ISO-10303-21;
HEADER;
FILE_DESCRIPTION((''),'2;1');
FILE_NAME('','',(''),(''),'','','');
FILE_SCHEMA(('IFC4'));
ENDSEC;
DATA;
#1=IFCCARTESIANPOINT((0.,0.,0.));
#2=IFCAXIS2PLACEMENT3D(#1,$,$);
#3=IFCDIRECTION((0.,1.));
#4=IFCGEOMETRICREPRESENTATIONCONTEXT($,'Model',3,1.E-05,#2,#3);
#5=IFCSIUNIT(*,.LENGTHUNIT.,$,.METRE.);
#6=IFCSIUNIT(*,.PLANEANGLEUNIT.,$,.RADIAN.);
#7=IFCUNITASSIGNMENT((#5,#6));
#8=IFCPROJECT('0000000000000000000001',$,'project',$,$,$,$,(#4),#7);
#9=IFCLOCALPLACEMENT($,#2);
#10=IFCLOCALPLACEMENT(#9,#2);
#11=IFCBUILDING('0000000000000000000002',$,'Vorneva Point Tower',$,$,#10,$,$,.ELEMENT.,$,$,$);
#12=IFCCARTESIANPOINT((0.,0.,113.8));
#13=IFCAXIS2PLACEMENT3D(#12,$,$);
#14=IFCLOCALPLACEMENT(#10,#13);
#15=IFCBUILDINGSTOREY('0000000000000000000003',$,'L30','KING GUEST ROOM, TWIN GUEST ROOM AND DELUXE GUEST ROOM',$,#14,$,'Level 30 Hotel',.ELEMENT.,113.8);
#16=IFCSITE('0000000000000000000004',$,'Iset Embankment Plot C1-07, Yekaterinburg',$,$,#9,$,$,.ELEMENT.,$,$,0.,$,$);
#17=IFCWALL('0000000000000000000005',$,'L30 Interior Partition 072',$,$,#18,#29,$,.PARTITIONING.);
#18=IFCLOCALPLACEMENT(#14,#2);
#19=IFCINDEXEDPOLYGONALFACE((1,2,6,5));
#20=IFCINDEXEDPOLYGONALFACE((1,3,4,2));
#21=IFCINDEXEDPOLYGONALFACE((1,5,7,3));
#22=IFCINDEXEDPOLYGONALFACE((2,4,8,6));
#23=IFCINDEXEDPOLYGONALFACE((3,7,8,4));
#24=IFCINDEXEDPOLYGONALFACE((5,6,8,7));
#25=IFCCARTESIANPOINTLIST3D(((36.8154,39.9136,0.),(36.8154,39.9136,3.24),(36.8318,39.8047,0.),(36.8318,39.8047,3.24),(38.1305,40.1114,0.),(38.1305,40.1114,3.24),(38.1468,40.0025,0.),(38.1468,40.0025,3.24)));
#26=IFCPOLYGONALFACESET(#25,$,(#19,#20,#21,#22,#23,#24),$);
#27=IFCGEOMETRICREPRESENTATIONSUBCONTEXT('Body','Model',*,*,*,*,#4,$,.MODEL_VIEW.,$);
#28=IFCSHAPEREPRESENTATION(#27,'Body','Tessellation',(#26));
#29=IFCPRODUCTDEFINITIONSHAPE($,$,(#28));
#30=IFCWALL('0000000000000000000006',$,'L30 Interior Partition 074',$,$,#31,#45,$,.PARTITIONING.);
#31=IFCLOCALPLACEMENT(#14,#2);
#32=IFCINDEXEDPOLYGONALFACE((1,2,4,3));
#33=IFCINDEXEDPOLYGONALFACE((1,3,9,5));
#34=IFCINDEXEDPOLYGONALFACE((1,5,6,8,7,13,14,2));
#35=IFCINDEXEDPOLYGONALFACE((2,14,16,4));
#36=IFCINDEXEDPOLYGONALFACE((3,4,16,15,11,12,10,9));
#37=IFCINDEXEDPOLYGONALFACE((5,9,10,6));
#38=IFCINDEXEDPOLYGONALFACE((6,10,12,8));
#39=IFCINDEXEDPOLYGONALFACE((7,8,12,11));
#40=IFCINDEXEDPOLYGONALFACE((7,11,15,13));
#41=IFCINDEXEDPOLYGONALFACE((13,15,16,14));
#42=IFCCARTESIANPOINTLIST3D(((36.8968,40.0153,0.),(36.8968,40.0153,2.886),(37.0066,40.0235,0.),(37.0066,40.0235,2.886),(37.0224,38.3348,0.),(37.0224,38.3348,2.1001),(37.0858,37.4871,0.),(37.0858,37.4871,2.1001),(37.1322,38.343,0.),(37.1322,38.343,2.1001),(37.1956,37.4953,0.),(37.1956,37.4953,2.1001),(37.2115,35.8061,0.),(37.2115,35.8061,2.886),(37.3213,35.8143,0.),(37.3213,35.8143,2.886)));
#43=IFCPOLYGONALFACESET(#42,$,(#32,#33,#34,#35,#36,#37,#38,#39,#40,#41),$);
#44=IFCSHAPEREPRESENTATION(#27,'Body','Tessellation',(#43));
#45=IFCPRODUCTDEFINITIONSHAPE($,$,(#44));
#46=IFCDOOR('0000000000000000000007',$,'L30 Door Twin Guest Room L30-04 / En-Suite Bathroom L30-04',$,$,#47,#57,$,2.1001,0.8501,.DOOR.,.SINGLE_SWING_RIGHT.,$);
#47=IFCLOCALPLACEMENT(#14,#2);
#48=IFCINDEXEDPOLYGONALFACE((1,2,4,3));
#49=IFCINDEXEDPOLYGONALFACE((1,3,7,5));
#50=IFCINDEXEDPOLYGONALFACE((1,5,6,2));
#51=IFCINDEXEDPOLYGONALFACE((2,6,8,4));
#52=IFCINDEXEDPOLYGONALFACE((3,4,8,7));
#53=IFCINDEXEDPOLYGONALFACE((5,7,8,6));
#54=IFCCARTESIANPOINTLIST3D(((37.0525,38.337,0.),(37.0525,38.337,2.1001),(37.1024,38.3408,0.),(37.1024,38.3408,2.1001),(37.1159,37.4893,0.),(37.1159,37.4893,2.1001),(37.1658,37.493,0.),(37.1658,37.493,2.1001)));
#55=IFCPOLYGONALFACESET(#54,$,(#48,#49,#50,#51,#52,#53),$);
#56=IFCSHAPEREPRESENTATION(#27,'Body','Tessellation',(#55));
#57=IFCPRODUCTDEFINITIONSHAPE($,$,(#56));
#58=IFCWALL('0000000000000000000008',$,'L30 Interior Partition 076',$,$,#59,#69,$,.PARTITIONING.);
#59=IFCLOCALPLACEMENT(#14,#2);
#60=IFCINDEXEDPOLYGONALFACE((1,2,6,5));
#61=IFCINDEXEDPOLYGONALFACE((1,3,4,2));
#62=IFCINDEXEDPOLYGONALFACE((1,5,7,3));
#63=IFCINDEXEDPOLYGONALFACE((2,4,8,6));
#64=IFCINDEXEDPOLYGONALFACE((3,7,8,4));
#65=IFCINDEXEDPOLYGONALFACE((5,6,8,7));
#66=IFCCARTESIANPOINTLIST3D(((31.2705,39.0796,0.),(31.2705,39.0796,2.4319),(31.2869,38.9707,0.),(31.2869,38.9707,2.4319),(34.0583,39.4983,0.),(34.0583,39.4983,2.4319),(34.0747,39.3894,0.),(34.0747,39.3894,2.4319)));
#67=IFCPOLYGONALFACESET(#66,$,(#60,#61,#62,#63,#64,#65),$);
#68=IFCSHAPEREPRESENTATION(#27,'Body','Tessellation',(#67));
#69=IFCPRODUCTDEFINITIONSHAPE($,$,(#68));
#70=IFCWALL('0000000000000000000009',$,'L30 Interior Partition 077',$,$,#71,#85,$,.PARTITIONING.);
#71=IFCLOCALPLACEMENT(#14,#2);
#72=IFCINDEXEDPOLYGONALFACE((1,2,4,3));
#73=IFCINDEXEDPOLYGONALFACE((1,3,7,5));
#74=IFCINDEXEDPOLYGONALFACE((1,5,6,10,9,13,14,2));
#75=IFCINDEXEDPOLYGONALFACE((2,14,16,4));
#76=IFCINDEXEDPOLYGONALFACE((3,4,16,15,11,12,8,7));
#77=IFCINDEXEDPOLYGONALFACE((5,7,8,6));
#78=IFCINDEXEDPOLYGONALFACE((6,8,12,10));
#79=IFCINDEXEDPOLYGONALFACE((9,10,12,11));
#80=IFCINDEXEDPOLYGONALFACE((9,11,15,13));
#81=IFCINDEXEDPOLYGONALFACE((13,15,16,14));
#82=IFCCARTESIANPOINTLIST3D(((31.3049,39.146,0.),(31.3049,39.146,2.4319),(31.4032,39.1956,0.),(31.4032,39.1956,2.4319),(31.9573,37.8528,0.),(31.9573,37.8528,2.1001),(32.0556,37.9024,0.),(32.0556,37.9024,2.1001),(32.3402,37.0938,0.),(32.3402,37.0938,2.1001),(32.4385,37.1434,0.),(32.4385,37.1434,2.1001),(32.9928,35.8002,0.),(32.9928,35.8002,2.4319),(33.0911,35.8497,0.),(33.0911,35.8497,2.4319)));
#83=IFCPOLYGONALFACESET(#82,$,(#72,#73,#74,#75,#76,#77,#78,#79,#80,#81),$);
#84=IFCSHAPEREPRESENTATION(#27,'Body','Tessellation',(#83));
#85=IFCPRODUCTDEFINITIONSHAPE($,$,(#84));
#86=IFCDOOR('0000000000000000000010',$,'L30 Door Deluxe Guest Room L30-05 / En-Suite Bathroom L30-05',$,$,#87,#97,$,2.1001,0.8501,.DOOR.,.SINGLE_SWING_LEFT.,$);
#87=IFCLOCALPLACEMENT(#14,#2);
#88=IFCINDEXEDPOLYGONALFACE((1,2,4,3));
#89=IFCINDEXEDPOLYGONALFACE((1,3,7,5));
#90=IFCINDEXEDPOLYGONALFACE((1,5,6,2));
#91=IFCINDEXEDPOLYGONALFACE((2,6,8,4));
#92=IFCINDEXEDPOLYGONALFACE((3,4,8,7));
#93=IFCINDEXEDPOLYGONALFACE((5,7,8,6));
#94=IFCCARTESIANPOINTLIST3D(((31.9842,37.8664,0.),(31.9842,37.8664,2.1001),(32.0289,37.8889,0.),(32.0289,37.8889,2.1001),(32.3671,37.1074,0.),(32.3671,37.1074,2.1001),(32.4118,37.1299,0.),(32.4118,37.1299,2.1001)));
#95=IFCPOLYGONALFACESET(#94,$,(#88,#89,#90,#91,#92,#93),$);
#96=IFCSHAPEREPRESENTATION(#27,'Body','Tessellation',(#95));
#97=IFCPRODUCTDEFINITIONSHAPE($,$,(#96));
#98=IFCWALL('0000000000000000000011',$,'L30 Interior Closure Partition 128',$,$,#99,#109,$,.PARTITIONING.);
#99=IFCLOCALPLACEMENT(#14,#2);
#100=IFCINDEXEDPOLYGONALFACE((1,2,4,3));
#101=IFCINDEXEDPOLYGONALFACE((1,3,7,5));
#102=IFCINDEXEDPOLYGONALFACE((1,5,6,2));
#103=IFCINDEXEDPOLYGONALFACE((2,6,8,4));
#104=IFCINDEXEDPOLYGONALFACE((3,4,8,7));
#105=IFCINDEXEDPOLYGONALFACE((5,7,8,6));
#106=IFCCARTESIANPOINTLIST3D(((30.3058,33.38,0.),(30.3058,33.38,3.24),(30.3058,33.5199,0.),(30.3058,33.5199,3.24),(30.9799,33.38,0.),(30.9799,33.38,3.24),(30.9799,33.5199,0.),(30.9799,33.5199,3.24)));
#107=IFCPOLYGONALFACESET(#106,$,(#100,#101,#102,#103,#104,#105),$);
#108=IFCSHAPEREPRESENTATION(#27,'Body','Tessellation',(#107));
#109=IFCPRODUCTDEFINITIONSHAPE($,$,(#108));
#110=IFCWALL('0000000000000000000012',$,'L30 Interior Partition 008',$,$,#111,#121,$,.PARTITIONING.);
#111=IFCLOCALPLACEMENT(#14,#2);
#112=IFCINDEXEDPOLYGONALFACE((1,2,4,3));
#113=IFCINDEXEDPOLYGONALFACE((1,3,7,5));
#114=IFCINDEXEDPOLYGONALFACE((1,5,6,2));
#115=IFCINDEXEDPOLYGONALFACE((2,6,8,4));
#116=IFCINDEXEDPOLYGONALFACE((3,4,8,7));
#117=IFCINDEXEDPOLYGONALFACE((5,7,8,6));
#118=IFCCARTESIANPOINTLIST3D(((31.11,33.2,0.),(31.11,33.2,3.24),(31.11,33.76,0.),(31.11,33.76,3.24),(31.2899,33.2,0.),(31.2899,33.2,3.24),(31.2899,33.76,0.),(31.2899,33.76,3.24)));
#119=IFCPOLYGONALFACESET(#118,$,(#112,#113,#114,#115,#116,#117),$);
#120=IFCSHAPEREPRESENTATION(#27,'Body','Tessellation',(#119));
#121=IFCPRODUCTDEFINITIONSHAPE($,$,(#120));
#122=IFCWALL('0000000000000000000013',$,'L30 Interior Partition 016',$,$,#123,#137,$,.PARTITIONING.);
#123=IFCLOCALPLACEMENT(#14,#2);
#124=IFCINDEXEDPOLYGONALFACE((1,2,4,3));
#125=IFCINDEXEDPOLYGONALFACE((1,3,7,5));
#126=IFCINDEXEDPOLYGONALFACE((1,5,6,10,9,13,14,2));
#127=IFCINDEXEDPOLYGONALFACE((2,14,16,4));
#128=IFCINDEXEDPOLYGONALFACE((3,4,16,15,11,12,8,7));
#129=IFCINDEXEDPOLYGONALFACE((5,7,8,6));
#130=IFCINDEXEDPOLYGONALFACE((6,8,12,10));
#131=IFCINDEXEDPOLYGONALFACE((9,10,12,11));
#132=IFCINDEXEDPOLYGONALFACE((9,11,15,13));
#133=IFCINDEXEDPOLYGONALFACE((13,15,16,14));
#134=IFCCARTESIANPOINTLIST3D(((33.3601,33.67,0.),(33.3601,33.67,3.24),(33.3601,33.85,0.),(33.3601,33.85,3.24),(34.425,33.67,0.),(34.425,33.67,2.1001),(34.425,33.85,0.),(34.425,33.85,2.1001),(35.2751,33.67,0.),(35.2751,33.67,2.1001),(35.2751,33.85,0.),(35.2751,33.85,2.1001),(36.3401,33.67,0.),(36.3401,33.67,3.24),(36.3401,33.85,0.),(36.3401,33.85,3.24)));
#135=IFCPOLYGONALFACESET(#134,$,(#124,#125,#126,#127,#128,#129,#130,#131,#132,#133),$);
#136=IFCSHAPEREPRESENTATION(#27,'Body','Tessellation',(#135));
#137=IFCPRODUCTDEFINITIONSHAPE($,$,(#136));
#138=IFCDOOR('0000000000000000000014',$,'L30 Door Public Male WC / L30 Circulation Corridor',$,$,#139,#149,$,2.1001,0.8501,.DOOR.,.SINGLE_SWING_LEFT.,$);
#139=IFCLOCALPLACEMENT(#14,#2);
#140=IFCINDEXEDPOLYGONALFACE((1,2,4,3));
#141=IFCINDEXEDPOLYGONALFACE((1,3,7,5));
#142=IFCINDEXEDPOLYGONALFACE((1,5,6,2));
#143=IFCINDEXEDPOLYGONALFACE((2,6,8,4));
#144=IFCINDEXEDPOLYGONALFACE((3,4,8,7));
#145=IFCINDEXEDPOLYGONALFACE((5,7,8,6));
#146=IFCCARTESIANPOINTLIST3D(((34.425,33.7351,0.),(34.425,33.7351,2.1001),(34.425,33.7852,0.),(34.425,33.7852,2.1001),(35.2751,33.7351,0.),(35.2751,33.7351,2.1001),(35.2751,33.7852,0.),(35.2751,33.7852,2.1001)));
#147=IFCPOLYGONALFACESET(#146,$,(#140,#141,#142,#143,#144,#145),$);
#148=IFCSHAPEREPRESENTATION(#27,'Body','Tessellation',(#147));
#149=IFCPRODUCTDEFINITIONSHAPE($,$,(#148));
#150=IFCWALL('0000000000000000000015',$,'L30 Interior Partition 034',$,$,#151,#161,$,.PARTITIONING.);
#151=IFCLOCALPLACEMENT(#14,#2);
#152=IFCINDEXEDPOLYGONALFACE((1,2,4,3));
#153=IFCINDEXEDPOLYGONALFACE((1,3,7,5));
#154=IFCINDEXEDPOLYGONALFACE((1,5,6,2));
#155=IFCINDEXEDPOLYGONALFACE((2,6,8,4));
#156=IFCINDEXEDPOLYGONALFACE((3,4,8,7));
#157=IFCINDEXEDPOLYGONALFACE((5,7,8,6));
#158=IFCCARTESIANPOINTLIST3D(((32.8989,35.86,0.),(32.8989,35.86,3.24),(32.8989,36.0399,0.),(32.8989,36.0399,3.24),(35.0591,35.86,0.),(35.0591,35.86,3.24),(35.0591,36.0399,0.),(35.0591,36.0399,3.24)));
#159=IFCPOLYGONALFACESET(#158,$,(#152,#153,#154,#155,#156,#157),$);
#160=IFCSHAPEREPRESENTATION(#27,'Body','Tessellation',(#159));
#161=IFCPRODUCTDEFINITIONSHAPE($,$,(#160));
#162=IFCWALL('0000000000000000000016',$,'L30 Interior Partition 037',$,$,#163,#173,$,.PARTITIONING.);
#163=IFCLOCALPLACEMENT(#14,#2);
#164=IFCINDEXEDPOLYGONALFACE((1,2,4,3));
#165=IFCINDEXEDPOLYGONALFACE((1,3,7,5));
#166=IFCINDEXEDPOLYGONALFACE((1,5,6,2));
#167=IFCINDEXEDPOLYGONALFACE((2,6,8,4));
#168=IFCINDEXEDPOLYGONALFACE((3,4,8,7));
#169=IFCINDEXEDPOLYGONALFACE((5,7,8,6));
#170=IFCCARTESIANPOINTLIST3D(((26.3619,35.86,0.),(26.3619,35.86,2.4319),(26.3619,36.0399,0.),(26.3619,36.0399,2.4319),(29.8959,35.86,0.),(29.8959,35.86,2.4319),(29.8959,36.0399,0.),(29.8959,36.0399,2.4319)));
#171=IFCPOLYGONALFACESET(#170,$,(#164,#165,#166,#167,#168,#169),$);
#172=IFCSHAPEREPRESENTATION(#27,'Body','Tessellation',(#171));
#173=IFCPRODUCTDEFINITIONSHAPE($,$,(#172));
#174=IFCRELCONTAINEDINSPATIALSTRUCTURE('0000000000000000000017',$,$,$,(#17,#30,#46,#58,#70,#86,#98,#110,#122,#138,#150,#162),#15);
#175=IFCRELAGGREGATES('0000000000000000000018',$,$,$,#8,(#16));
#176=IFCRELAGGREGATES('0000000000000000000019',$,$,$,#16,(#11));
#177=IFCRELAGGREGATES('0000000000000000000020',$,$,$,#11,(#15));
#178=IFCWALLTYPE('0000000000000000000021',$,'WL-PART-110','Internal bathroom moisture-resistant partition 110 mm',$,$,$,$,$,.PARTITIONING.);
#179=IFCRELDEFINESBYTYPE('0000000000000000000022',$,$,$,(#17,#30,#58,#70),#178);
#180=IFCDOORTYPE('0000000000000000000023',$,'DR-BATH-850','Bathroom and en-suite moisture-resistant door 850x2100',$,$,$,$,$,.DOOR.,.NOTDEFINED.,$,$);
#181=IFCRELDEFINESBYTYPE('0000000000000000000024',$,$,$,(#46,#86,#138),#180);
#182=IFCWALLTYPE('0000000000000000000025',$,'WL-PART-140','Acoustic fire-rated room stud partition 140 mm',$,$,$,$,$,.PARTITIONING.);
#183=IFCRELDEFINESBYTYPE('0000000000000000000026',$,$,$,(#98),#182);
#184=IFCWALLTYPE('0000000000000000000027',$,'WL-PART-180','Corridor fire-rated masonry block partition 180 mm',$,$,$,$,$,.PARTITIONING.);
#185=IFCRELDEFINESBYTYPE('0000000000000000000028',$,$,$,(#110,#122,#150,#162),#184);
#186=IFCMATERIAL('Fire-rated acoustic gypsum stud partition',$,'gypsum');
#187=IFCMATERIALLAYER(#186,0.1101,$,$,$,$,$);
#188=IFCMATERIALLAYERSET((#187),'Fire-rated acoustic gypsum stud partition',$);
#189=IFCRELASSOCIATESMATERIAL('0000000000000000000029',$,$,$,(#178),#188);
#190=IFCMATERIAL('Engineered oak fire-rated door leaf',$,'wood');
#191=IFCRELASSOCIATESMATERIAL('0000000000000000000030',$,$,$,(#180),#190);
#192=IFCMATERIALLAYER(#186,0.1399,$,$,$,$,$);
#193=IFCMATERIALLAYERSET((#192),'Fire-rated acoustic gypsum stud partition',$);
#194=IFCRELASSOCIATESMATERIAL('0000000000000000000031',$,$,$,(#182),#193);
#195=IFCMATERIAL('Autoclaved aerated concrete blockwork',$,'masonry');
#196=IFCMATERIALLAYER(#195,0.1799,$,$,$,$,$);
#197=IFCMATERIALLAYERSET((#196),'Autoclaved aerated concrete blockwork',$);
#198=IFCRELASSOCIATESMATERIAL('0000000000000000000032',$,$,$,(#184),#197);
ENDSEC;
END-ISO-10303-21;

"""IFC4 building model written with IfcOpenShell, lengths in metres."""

from ifc_helpers import new_model, si_unit, direction, frame, frame_2d, origin, place, context, subcontext, project, spatial, rectangle, extrude, material, layer, layer_set, type_object, element, fill, save


model = new_model("IFC4")

# Units and contexts
model_context = context("Model", 3, precision=1e-05, world=origin(), true_north=direction((0.0, 1.0)))
body_context = subcontext(model_context, "Body", "Model", "MODEL_VIEW")
ifc_project = project(units=[si_unit("LENGTHUNIT", "METRE"), si_unit("PLANEANGLEUNIT", "RADIAN")], contexts=[model_context])

# Site, building, storey
site_placement = place(None, origin())
site = spatial("IfcSite", under=ifc_project, at=site_placement, Name="Iset Embankment Plot C1-07, Yekaterinburg", CompositionType="ELEMENT", RefElevation=0.0)
building_placement = place(site_placement, origin())
building = spatial("IfcBuilding", under=site, at=building_placement, Name="Vorneva Point Tower", CompositionType="ELEMENT")
storey_placement = place(building_placement, frame((0.0, 0.0, 113.8)))
storey = spatial("IfcBuildingStorey", under=building, at=storey_placement, Name="L30", Description="KING GUEST ROOM, TWIN GUEST ROOM AND DELUXE GUEST ROOM", LongName="Level 30 Hotel", CompositionType="ELEMENT", Elevation=113.8)

# Wall
ifc_material_1 = material(Name="Fire-rated acoustic gypsum stud partition", Category="gypsum")
ifc_layer_1 = layer(ifc_material_1, 0.1101)
ifc_layer_set_1 = layer_set([ifc_layer_1], Name="Fire-rated acoustic gypsum stud partition")
wall_type_1 = type_object("IfcWallType", Name="WL-PART-110", Description="Internal bathroom moisture-resistant partition 110 mm", PredefinedType="PARTITIONING", material=ifc_layer_set_1)
wall_1_placement = place(storey_placement, frame((36.8235, 39.8591, 0.0), z_axis=(0.0, 0.0, 1.0), x_axis=(0.98888, 0.148718, 0.0)))
element("IfcWall", 1, at=wall_1_placement, inside=storey, type_object=wall_type_1, Name="L30 Interior Partition 072", PredefinedType="PARTITIONING", context=body_context, shape_type="SweptSolid", body=[
    extrude(rectangle(XDim=1.3298, YDim=0.1101, at=frame_2d((0.665, 0.0))), origin(), (0.0, 0.0, 1.0), 3.24),
])

# Wall, opening, door
wall_2_placement = place(storey_placement, frame((37.2664, 35.8103, 0.0), z_axis=(0.0, 0.0, 1.0), x_axis=(-0.074556, 0.997217, 0.0)))
wall_2 = element("IfcWall", 2, at=wall_2_placement, inside=storey, type_object=wall_type_1, Name="L30 Interior Partition 074", PredefinedType="PARTITIONING", context=body_context, shape_type="SweptSolid", body=[
    extrude(rectangle(XDim=4.2209, YDim=0.1101, at=frame_2d((2.1104, 0.0))), origin(), (0.0, 0.0, 1.0), 2.886),
])
opening_1_placement = place(wall_2_placement, frame((1.6855, 0.0, 0.0)))
opening_1 = element("IfcOpeningElement", 3, at=opening_1_placement, cuts=wall_2, PredefinedType="OPENING", context=body_context, shape_type="SweptSolid", body=[
    extrude(rectangle(XDim=0.8501, YDim=2.1001, at=frame_2d((0.425, 1.05))), frame((0.0, 0.0698, 0.0), z_axis=(0.0, -1.0, 0.0), x_axis=(1.0, 0.0, 0.0)), (0.0, 0.0, 1.0), 0.1399),
])
ifc_material_2 = material(Name="Engineered oak fire-rated door leaf", Category="wood")
door_type_1 = type_object("IfcDoorType", Name="DR-BATH-850", Description="Bathroom and en-suite moisture-resistant door 850x2100", OperationType="NOTDEFINED", PredefinedType="DOOR", material=ifc_material_2)
door_1_placement = place(opening_1_placement, origin())
door_1 = element("IfcDoor", 4, at=door_1_placement, inside=storey, type_object=door_type_1, Name="L30 Door Twin Guest Room L30-04 / En-Suite Bathroom L30-04", OperationType="SINGLE_SWING_RIGHT", OverallHeight=2.1001, OverallWidth=0.8501, PredefinedType="DOOR", context=body_context, shape_type="SweptSolid", body=[
    extrude(rectangle(XDim=0.8501, YDim=2.1001, at=frame_2d((0.425, 1.05))), frame((0.0, 0.0249, 0.0), z_axis=(0.0, -1.0, 0.0), x_axis=(1.0, 0.0, 0.0)), (0.0, 0.0, 1.0), 0.05),
])
fill(opening_1, door_1)

# Wall
wall_3_placement = place(storey_placement, frame((31.2786, 39.0251, 0.0), z_axis=(0.0, 0.0, 1.0), x_axis=(0.988909, 0.148523, 0.0)))
element("IfcWall", 5, at=wall_3_placement, inside=storey, type_object=wall_type_1, Name="L30 Interior Partition 076", PredefinedType="PARTITIONING", context=body_context, shape_type="SweptSolid", body=[
    extrude(rectangle(XDim=2.8191, YDim=0.1101, at=frame_2d((1.4097, 0.0))), origin(), (0.0, 0.0, 1.0), 2.4319),
])

# Wall, opening, door
wall_4_placement = place(storey_placement, frame((33.042, 35.825, 0.0), z_axis=(0.0, 0.0, 1.0), x_axis=(-0.450416, 0.892819, 0.0)))
wall_4 = element("IfcWall", 6, at=wall_4_placement, inside=storey, type_object=wall_type_1, Name="L30 Interior Partition 077", PredefinedType="PARTITIONING", context=body_context, shape_type="SweptSolid", body=[
    extrude(rectangle(XDim=3.7476, YDim=0.1101, at=frame_2d((1.8738, 0.0))), origin(), (0.0, 0.0, 1.0), 2.4319),
])
opening_2_placement = place(wall_4_placement, frame((1.449, 0.0, 0.0)))
opening_2 = element("IfcOpeningElement", 7, at=opening_2_placement, cuts=wall_4, PredefinedType="OPENING", context=body_context, shape_type="SweptSolid", body=[
    extrude(rectangle(XDim=0.8501, YDim=2.1001, at=frame_2d((0.425, 1.05))), frame((0.0, 0.0698, 0.0), z_axis=(0.0, -1.0, 0.0), x_axis=(1.0, 0.0, 0.0)), (0.0, 0.0, 1.0), 0.1399),
])
door_2_placement = place(opening_2_placement, origin())
door_2 = element("IfcDoor", 8, at=door_2_placement, inside=storey, type_object=door_type_1, Name="L30 Door Deluxe Guest Room L30-05 / En-Suite Bathroom L30-05", OperationType="SINGLE_SWING_LEFT", OverallHeight=2.1001, OverallWidth=0.8501, PredefinedType="DOOR", context=body_context, shape_type="SweptSolid", body=[
    extrude(rectangle(XDim=0.8501, YDim=2.1001, at=frame_2d((0.425, 1.05))), frame((0.0, 0.0249, 0.0), z_axis=(0.0, -1.0, 0.0), x_axis=(1.0, 0.0, 0.0)), (0.0, 0.0, 1.0), 0.05),
])
fill(opening_2, door_2)

# Wall
ifc_layer_2 = layer(ifc_material_1, 0.1399)
ifc_layer_set_2 = layer_set([ifc_layer_2], Name="Fire-rated acoustic gypsum stud partition")
wall_type_2 = type_object("IfcWallType", Name="WL-PART-140", Description="Acoustic fire-rated room stud partition 140 mm", PredefinedType="PARTITIONING", material=ifc_layer_set_2)
wall_5_placement = place(storey_placement, frame((30.3059, 33.45, 0.0), z_axis=(0.0, 0.0, 1.0), x_axis=(1.0, 0.0, 0.0)))
element("IfcWall", 9, at=wall_5_placement, inside=storey, type_object=wall_type_2, Name="L30 Interior Closure Partition 128", PredefinedType="PARTITIONING", context=body_context, shape_type="SweptSolid", body=[
    extrude(rectangle(XDim=0.6741, YDim=0.1399, at=frame_2d((0.3369, 0.0))), origin(), (0.0, 0.0, 1.0), 3.24),
])

# Shared definitions
ifc_material_3 = material(Name="Autoclaved aerated concrete blockwork", Category="masonry")
ifc_layer_3 = layer(ifc_material_3, 0.1799)
ifc_layer_set_3 = layer_set([ifc_layer_3], Name="Autoclaved aerated concrete blockwork")
wall_type_3 = type_object("IfcWallType", Name="WL-PART-180", Description="Corridor fire-rated masonry block partition 180 mm", PredefinedType="PARTITIONING", material=ifc_layer_set_3)

# Wall
wall_6_placement = place(storey_placement, frame((31.2, 33.76, 0.0), z_axis=(0.0, 0.0, 1.0), x_axis=(0.0, -1.0, 0.0)))
element("IfcWall", 10, at=wall_6_placement, inside=storey, type_object=wall_type_3, Name="L30 Interior Partition 008", PredefinedType="PARTITIONING", context=body_context, shape_type="SweptSolid", body=[
    extrude(rectangle(XDim=0.5601, YDim=0.1799, at=frame_2d((0.28, 0.0))), origin(), (0.0, 0.0, 1.0), 3.24),
])

# Wall, opening, door
wall_7_placement = place(storey_placement, frame((36.3401, 33.76, 0.0), z_axis=(0.0, 0.0, 1.0), x_axis=(-1.0, 0.0, 0.0)))
wall_7 = element("IfcWall", 11, at=wall_7_placement, inside=storey, type_object=wall_type_3, Name="L30 Interior Partition 016", PredefinedType="PARTITIONING", context=body_context, shape_type="SweptSolid", body=[
    extrude(rectangle(XDim=2.98, YDim=0.1799, at=frame_2d((1.49, 0.0))), origin(), (0.0, 0.0, 1.0), 3.24),
])
opening_3_placement = place(wall_7_placement, frame((1.0649, 0.0, 0.0)))
opening_3 = element("IfcOpeningElement", 12, at=opening_3_placement, cuts=wall_7, PredefinedType="OPENING", context=body_context, shape_type="SweptSolid", body=[
    extrude(rectangle(XDim=0.8501, YDim=2.1001, at=frame_2d((0.425, 1.05))), frame((0.0, 0.105, 0.0), z_axis=(0.0, -1.0, 0.0), x_axis=(1.0, 0.0, 0.0)), (0.0, 0.0, 1.0), 0.2097),
])
door_3_placement = place(opening_3_placement, origin())
door_3 = element("IfcDoor", 13, at=door_3_placement, inside=storey, type_object=door_type_1, Name="L30 Door Public Male WC / L30 Circulation Corridor", OperationType="SINGLE_SWING_LEFT", OverallHeight=2.1001, OverallWidth=0.8501, PredefinedType="DOOR", context=body_context, shape_type="SweptSolid", body=[
    extrude(rectangle(XDim=0.8501, YDim=2.1001, at=frame_2d((0.425, 1.05))), frame((0.0, 0.0249, 0.0), z_axis=(0.0, -1.0, 0.0), x_axis=(1.0, 0.0, 0.0)), (0.0, 0.0, 1.0), 0.05),
])
fill(opening_3, door_3)

# Walls
wall_8_placement = place(storey_placement, frame((35.0591, 35.95, 0.0), z_axis=(0.0, 0.0, 1.0), x_axis=(-1.0, 0.0, 0.0)))
element("IfcWall", 14, at=wall_8_placement, inside=storey, type_object=wall_type_3, Name="L30 Interior Partition 034", PredefinedType="PARTITIONING", context=body_context, shape_type="SweptSolid", body=[
    extrude(rectangle(XDim=2.1602, YDim=0.1799, at=frame_2d((1.0801, 0.0))), origin(), (0.0, 0.0, 1.0), 3.24),
])
wall_9_placement = place(storey_placement, frame((29.896, 35.95, 0.0), z_axis=(0.0, 0.0, 1.0), x_axis=(-1.0, 0.0, 0.0)))
element("IfcWall", 15, at=wall_9_placement, inside=storey, type_object=wall_type_3, Name="L30 Interior Partition 037", PredefinedType="PARTITIONING", context=body_context, shape_type="SweptSolid", body=[
    extrude(rectangle(XDim=3.5339, YDim=0.1799, at=frame_2d((1.7671, 0.0))), origin(), (0.0, 0.0, 1.0), 2.4319),
])

save(model, "model.ifc")
